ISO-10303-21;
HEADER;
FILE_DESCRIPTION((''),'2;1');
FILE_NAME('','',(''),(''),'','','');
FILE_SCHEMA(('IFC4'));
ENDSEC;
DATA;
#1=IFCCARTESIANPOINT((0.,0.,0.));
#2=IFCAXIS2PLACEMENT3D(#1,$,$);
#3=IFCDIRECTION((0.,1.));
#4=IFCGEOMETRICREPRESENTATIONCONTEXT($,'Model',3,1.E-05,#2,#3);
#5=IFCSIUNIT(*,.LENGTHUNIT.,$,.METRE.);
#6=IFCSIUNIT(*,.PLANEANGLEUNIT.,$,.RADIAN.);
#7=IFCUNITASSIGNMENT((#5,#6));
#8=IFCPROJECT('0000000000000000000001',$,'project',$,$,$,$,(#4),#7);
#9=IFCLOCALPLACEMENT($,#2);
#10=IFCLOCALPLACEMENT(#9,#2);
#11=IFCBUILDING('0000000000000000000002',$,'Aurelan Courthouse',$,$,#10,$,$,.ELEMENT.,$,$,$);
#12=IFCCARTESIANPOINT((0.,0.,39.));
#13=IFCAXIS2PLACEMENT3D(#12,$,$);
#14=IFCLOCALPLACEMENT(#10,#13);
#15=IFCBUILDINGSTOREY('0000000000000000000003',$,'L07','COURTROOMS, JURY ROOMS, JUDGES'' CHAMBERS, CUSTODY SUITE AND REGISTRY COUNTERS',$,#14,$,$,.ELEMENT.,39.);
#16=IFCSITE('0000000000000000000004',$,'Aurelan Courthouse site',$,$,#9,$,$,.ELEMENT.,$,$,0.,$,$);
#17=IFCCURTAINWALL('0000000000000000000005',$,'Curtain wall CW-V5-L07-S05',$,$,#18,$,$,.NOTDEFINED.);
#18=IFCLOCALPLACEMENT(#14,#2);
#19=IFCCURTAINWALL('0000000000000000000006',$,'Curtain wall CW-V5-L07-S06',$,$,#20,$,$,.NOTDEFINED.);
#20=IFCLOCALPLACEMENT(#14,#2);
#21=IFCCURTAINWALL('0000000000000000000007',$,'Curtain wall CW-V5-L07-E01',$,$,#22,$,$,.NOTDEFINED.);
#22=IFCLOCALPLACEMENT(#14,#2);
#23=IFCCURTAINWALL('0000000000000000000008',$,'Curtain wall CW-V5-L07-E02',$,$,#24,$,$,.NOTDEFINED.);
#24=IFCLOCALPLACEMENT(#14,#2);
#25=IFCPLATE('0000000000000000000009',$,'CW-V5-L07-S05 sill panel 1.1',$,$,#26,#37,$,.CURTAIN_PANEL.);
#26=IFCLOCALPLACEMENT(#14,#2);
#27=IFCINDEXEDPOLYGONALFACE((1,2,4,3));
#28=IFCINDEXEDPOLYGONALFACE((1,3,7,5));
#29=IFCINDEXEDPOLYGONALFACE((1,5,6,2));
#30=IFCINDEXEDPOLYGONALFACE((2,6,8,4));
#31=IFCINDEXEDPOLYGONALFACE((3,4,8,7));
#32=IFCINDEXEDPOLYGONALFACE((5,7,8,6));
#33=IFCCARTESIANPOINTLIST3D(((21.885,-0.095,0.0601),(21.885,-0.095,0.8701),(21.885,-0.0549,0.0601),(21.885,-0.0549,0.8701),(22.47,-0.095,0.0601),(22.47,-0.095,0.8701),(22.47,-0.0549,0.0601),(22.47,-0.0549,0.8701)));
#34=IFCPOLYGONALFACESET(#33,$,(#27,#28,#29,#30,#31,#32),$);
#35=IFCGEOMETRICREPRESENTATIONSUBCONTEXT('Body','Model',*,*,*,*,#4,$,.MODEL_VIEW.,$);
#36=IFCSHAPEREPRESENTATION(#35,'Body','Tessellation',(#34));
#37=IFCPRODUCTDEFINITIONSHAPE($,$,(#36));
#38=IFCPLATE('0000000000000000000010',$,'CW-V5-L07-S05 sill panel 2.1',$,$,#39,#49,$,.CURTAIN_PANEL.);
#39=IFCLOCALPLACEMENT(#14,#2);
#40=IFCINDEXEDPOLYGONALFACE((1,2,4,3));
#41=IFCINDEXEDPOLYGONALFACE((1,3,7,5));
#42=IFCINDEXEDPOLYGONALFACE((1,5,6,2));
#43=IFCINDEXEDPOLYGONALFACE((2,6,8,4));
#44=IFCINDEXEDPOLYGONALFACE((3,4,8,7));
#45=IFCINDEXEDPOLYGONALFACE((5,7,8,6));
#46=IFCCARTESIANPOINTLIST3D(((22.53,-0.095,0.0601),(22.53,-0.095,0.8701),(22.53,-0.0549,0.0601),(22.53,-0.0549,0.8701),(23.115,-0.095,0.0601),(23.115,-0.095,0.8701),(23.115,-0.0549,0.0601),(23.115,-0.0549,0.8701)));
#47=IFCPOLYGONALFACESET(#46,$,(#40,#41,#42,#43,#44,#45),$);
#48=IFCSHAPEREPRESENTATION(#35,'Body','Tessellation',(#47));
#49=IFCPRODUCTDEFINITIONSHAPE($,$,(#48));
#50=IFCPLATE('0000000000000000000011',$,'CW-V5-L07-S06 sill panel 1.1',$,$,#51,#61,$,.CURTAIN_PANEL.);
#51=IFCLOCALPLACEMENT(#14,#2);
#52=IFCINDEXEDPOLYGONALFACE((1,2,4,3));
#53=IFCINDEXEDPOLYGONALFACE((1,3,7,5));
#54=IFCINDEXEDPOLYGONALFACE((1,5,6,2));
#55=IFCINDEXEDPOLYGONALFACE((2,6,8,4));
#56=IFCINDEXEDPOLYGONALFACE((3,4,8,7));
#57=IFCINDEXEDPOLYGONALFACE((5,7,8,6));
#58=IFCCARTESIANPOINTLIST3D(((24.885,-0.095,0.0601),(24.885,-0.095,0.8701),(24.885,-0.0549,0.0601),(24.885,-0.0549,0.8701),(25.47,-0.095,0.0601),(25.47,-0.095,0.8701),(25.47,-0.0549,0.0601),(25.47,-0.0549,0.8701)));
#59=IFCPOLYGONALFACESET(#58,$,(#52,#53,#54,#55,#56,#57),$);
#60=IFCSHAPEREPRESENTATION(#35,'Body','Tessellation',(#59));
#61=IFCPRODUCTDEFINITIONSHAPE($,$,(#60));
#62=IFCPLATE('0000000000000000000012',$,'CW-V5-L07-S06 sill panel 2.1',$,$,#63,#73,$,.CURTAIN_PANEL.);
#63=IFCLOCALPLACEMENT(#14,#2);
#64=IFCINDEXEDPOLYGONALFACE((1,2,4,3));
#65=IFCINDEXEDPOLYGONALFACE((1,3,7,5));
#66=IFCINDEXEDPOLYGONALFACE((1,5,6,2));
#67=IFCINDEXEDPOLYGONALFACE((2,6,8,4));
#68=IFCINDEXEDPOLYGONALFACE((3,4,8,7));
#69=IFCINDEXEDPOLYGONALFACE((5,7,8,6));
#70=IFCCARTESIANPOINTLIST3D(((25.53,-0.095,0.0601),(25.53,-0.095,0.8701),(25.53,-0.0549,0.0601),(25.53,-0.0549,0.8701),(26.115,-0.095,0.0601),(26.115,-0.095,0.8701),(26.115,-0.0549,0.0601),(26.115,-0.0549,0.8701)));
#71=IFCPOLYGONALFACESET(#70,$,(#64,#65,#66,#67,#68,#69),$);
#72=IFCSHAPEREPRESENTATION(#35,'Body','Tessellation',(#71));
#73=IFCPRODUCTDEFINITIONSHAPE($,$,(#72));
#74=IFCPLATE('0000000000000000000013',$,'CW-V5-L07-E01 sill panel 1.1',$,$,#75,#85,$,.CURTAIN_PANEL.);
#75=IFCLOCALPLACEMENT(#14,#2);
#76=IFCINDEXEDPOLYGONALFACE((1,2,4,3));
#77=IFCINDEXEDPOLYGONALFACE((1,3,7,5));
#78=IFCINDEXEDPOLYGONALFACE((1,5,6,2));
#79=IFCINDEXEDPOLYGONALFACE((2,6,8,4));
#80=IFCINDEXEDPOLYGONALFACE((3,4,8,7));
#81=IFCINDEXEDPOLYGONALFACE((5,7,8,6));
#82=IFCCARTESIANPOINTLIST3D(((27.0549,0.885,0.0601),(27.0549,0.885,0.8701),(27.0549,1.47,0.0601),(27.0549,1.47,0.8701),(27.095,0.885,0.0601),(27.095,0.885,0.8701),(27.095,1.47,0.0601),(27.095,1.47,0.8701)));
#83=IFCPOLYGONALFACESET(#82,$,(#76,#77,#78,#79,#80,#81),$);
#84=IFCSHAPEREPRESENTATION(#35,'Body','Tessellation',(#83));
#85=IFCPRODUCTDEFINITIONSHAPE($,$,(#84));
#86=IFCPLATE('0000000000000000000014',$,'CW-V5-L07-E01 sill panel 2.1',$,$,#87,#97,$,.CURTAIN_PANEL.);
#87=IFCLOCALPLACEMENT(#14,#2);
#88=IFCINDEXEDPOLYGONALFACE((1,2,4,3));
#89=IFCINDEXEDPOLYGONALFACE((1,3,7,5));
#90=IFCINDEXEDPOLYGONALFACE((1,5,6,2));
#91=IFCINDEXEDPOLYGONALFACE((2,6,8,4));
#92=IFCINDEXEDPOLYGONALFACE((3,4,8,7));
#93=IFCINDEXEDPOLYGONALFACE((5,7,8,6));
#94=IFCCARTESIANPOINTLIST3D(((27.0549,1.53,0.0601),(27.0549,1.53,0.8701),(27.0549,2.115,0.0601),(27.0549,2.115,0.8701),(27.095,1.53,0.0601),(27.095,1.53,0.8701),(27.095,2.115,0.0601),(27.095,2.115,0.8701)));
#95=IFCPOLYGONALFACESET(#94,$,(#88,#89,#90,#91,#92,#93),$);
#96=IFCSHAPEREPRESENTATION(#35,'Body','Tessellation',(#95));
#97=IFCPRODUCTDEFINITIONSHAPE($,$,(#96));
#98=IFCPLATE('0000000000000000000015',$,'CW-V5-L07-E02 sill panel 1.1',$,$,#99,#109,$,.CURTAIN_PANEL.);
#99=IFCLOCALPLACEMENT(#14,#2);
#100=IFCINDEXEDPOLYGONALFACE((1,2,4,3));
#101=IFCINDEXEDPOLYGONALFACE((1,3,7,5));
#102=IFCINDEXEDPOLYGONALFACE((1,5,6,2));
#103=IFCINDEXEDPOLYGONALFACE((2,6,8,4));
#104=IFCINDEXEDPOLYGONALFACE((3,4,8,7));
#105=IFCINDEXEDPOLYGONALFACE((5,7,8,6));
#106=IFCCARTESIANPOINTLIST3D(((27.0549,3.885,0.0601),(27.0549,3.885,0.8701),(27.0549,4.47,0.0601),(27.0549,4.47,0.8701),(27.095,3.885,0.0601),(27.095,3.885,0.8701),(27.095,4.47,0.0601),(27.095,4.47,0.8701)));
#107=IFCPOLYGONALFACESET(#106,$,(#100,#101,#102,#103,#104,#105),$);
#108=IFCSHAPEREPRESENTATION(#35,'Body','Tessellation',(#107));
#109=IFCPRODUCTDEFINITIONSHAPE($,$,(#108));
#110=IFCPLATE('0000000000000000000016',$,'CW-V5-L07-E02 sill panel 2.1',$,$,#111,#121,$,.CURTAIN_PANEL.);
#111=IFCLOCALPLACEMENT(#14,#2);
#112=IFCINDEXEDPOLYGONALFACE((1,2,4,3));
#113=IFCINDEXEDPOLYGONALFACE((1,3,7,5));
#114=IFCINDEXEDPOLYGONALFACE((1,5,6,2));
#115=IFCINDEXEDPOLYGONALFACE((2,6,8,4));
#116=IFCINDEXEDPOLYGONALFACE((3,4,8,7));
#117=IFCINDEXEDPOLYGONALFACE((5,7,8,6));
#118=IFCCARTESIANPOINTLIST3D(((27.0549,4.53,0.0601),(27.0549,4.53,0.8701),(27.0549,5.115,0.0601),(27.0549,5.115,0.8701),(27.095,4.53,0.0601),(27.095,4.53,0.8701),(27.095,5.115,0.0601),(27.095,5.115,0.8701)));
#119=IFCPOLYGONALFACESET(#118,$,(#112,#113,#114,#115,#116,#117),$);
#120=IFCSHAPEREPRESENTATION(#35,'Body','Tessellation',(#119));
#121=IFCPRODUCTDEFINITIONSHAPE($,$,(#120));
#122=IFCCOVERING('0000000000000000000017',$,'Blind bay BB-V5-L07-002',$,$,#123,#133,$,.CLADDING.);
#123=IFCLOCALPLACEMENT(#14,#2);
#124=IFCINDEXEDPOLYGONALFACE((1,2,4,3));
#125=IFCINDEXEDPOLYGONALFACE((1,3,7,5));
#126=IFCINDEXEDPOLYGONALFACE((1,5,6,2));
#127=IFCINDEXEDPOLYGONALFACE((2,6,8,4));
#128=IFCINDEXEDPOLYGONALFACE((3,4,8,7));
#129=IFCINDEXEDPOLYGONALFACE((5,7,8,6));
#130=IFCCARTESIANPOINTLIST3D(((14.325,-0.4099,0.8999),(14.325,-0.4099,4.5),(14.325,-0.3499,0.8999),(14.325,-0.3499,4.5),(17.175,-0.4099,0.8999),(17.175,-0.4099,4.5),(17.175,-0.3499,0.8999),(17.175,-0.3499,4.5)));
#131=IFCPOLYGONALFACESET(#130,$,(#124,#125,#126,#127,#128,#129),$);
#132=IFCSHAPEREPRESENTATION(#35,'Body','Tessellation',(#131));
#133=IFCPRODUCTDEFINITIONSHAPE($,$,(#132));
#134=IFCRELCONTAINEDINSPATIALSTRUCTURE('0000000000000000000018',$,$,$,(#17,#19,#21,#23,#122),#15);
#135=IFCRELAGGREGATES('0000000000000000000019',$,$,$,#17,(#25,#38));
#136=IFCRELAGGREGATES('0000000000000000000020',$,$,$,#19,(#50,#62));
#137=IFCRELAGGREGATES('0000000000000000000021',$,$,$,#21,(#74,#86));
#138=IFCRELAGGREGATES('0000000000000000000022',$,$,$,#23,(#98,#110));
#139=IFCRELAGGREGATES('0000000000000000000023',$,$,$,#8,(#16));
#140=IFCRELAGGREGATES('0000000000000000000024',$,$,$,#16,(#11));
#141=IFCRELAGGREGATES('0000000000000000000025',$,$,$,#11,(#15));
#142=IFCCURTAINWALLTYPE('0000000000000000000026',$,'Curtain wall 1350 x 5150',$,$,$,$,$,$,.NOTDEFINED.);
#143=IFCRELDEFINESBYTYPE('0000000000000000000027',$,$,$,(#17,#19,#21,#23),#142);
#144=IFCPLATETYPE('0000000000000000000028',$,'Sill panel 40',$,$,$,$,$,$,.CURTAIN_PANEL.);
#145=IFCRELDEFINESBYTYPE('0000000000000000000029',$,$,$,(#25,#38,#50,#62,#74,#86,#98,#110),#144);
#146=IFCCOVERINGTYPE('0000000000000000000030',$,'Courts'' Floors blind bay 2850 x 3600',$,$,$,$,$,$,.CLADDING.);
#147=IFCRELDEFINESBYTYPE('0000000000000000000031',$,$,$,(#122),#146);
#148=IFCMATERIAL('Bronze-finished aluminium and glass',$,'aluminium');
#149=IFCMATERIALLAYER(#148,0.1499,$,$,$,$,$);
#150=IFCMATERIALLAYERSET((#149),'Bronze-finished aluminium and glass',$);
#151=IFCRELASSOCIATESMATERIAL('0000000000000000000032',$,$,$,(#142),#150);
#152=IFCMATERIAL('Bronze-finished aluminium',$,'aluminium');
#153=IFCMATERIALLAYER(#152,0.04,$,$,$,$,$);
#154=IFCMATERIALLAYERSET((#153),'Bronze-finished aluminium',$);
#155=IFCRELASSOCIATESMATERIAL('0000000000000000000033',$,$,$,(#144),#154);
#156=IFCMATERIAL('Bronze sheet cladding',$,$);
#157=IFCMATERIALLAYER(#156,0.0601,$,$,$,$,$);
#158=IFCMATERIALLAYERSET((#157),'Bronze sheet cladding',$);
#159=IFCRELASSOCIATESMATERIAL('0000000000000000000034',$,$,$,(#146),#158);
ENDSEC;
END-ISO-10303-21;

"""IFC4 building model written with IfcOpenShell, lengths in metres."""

from ifc_helpers import new_model, si_unit, direction, frame, origin, origin_2d, place, context, subcontext, project, spatial, rectangle, extrude, material, layer, layer_set, type_object, element, aggregate, save


model = new_model("IFC4")

# Units and contexts
model_context = context("Model", 3, precision=1e-05, world=origin(), true_north=direction((0.0, 1.0)))
body_context = subcontext(model_context, "Body", "Model", "MODEL_VIEW")
ifc_project = project(units=[si_unit("LENGTHUNIT", "METRE"), si_unit("PLANEANGLEUNIT", "RADIAN")], contexts=[model_context])

# Site, building, storey
site_placement = place(None, origin())
site = spatial("IfcSite", under=ifc_project, at=site_placement, Name="Aurelan Courthouse site", CompositionType="ELEMENT", RefElevation=0.0)
building_placement = place(site_placement, origin())
building = spatial("IfcBuilding", under=site, at=building_placement, Name="Aurelan Courthouse", CompositionType="ELEMENT")
storey_placement = place(building_placement, frame((0.0, 0.0, 39.0)))
storey = spatial("IfcBuildingStorey", under=building, at=storey_placement, Name="L07", Description="COURTROOMS, JURY ROOMS, JUDGES' CHAMBERS, CUSTODY SUITE AND REGISTRY COUNTERS", CompositionType="ELEMENT", Elevation=39.0)

# Curtain walls
ifc_material_1 = material(Name="Bronze-finished aluminium and glass", Category="aluminium")
ifc_layer_1 = layer(ifc_material_1, 0.1499)
ifc_layer_set_1 = layer_set([ifc_layer_1], Name="Bronze-finished aluminium and glass")
curtain_wall_type = type_object("IfcCurtainWallType", Name="Curtain wall 1350 x 5150", PredefinedType="NOTDEFINED", material=ifc_layer_set_1)
ifc_material_2 = material(Name="Bronze-finished aluminium", Category="aluminium")
curtain_wall_1_placement = place(storey_placement, origin())
curtain_wall_1 = element("IfcCurtainWall", 1, at=curtain_wall_1_placement, inside=storey, type_object=curtain_wall_type, Name="Curtain wall CW-V5-L07-S05", PredefinedType="NOTDEFINED")
curtain_wall_2_placement = place(storey_placement, origin())
curtain_wall_2 = element("IfcCurtainWall", 2, at=curtain_wall_2_placement, inside=storey, type_object=curtain_wall_type, Name="Curtain wall CW-V5-L07-S06", PredefinedType="NOTDEFINED")
curtain_wall_3_placement = place(storey_placement, origin())
curtain_wall_3 = element("IfcCurtainWall", 3, at=curtain_wall_3_placement, inside=storey, type_object=curtain_wall_type, Name="Curtain wall CW-V5-L07-E01", PredefinedType="NOTDEFINED")
curtain_wall_4_placement = place(storey_placement, origin())
curtain_wall_4 = element("IfcCurtainWall", 4, at=curtain_wall_4_placement, inside=storey, type_object=curtain_wall_type, Name="Curtain wall CW-V5-L07-E02", PredefinedType="NOTDEFINED")

# Plates
ifc_layer_2 = layer(ifc_material_2, 0.04)
ifc_layer_set_2 = layer_set([ifc_layer_2], Name="Bronze-finished aluminium")
plate_type = type_object("IfcPlateType", Name="Sill panel 40", PredefinedType="CURTAIN_PANEL", material=ifc_layer_set_2)
plate_1_placement = place(storey_placement, frame((22.1775, -0.075, 0.0601), z_axis=(0.0, 0.0, 1.0), x_axis=(1.0, 0.0, 0.0)))
plate_1 = element("IfcPlate", 5, at=plate_1_placement, type_object=plate_type, Name="CW-V5-L07-S05 sill panel 1.1", PredefinedType="CURTAIN_PANEL", context=body_context, shape_type="SweptSolid", body=[
    extrude(rectangle(XDim=0.585, YDim=0.04, at=origin_2d()), origin(), (0.0, 0.0, 1.0), 0.8101),
])
plate_2_placement = place(storey_placement, frame((22.8225, -0.075, 0.0601), z_axis=(0.0, 0.0, 1.0), x_axis=(1.0, 0.0, 0.0)))
plate_2 = element("IfcPlate", 6, at=plate_2_placement, type_object=plate_type, Name="CW-V5-L07-S05 sill panel 2.1", PredefinedType="CURTAIN_PANEL", context=body_context, shape_type="SweptSolid", body=[
    extrude(rectangle(XDim=0.585, YDim=0.04, at=origin_2d()), origin(), (0.0, 0.0, 1.0), 0.8101),
])
aggregate(curtain_wall_1, [plate_1, plate_2])
plate_3_placement = place(storey_placement, frame((25.1775, -0.075, 0.0601), z_axis=(0.0, 0.0, 1.0), x_axis=(1.0, 0.0, 0.0)))
plate_3 = element("IfcPlate", 7, at=plate_3_placement, type_object=plate_type, Name="CW-V5-L07-S06 sill panel 1.1", PredefinedType="CURTAIN_PANEL", context=body_context, shape_type="SweptSolid", body=[
    extrude(rectangle(XDim=0.585, YDim=0.04, at=origin_2d()), origin(), (0.0, 0.0, 1.0), 0.8101),
])
plate_4_placement = place(storey_placement, frame((25.8225, -0.075, 0.0601), z_axis=(0.0, 0.0, 1.0), x_axis=(1.0, 0.0, 0.0)))
plate_4 = element("IfcPlate", 8, at=plate_4_placement, type_object=plate_type, Name="CW-V5-L07-S06 sill panel 2.1", PredefinedType="CURTAIN_PANEL", context=body_context, shape_type="SweptSolid", body=[
    extrude(rectangle(XDim=0.585, YDim=0.04, at=origin_2d()), origin(), (0.0, 0.0, 1.0), 0.8101),
])
aggregate(curtain_wall_2, [plate_3, plate_4])
plate_5_placement = place(storey_placement, frame((27.075, 1.1775, 0.0601), z_axis=(0.0, 0.0, 1.0), x_axis=(0.0, 1.0, 0.0)))
plate_5 = element("IfcPlate", 9, at=plate_5_placement, type_object=plate_type, Name="CW-V5-L07-E01 sill panel 1.1", PredefinedType="CURTAIN_PANEL", context=body_context, shape_type="SweptSolid", body=[
    extrude(rectangle(XDim=0.585, YDim=0.04, at=origin_2d()), origin(), (0.0, 0.0, 1.0), 0.8101),
])
plate_6_placement = place(storey_placement, frame((27.075, 1.8225, 0.0601), z_axis=(0.0, 0.0, 1.0), x_axis=(0.0, 1.0, 0.0)))
plate_6 = element("IfcPlate", 10, at=plate_6_placement, type_object=plate_type, Name="CW-V5-L07-E01 sill panel 2.1", PredefinedType="CURTAIN_PANEL", context=body_context, shape_type="SweptSolid", body=[
    extrude(rectangle(XDim=0.585, YDim=0.04, at=origin_2d()), origin(), (0.0, 0.0, 1.0), 0.8101),
])
aggregate(curtain_wall_3, [plate_5, plate_6])
plate_7_placement = place(storey_placement, frame((27.075, 4.1775, 0.0601), z_axis=(0.0, 0.0, 1.0), x_axis=(0.0, 1.0, 0.0)))
plate_7 = element("IfcPlate", 11, at=plate_7_placement, type_object=plate_type, Name="CW-V5-L07-E02 sill panel 1.1", PredefinedType="CURTAIN_PANEL", context=body_context, shape_type="SweptSolid", body=[
    extrude(rectangle(XDim=0.585, YDim=0.04, at=origin_2d()), origin(), (0.0, 0.0, 1.0), 0.8101),
])
plate_8_placement = place(storey_placement, frame((27.075, 4.8225, 0.0601), z_axis=(0.0, 0.0, 1.0), x_axis=(0.0, 1.0, 0.0)))
plate_8 = element("IfcPlate", 12, at=plate_8_placement, type_object=plate_type, Name="CW-V5-L07-E02 sill panel 2.1", PredefinedType="CURTAIN_PANEL", context=body_context, shape_type="SweptSolid", body=[
    extrude(rectangle(XDim=0.585, YDim=0.04, at=origin_2d()), origin(), (0.0, 0.0, 1.0), 0.8101),
])
aggregate(curtain_wall_4, [plate_7, plate_8])

# Covering
ifc_material_3 = material(Name="Bronze sheet cladding")
ifc_layer_3 = layer(ifc_material_3, 0.0601)
ifc_layer_set_3 = layer_set([ifc_layer_3], Name="Bronze sheet cladding")
covering_type = type_object("IfcCoveringType", Name="Courts' Floors blind bay 2850 x 3600", PredefinedType="CLADDING", material=ifc_layer_set_3)
covering_placement = place(storey_placement, frame((15.75, -0.3799, 0.8999), z_axis=(0.0, 0.0, 1.0), x_axis=(1.0, 0.0, 0.0)))
element("IfcCovering", 13, at=covering_placement, inside=storey, type_object=covering_type, Name="Blind bay BB-V5-L07-002", PredefinedType="CLADDING", context=body_context, shape_type="SweptSolid", body=[
    extrude(rectangle(XDim=2.8501, YDim=0.0601, at=origin_2d()), origin(), (0.0, 0.0, 1.0), 3.6001),
])

save(model, "model.ifc")
